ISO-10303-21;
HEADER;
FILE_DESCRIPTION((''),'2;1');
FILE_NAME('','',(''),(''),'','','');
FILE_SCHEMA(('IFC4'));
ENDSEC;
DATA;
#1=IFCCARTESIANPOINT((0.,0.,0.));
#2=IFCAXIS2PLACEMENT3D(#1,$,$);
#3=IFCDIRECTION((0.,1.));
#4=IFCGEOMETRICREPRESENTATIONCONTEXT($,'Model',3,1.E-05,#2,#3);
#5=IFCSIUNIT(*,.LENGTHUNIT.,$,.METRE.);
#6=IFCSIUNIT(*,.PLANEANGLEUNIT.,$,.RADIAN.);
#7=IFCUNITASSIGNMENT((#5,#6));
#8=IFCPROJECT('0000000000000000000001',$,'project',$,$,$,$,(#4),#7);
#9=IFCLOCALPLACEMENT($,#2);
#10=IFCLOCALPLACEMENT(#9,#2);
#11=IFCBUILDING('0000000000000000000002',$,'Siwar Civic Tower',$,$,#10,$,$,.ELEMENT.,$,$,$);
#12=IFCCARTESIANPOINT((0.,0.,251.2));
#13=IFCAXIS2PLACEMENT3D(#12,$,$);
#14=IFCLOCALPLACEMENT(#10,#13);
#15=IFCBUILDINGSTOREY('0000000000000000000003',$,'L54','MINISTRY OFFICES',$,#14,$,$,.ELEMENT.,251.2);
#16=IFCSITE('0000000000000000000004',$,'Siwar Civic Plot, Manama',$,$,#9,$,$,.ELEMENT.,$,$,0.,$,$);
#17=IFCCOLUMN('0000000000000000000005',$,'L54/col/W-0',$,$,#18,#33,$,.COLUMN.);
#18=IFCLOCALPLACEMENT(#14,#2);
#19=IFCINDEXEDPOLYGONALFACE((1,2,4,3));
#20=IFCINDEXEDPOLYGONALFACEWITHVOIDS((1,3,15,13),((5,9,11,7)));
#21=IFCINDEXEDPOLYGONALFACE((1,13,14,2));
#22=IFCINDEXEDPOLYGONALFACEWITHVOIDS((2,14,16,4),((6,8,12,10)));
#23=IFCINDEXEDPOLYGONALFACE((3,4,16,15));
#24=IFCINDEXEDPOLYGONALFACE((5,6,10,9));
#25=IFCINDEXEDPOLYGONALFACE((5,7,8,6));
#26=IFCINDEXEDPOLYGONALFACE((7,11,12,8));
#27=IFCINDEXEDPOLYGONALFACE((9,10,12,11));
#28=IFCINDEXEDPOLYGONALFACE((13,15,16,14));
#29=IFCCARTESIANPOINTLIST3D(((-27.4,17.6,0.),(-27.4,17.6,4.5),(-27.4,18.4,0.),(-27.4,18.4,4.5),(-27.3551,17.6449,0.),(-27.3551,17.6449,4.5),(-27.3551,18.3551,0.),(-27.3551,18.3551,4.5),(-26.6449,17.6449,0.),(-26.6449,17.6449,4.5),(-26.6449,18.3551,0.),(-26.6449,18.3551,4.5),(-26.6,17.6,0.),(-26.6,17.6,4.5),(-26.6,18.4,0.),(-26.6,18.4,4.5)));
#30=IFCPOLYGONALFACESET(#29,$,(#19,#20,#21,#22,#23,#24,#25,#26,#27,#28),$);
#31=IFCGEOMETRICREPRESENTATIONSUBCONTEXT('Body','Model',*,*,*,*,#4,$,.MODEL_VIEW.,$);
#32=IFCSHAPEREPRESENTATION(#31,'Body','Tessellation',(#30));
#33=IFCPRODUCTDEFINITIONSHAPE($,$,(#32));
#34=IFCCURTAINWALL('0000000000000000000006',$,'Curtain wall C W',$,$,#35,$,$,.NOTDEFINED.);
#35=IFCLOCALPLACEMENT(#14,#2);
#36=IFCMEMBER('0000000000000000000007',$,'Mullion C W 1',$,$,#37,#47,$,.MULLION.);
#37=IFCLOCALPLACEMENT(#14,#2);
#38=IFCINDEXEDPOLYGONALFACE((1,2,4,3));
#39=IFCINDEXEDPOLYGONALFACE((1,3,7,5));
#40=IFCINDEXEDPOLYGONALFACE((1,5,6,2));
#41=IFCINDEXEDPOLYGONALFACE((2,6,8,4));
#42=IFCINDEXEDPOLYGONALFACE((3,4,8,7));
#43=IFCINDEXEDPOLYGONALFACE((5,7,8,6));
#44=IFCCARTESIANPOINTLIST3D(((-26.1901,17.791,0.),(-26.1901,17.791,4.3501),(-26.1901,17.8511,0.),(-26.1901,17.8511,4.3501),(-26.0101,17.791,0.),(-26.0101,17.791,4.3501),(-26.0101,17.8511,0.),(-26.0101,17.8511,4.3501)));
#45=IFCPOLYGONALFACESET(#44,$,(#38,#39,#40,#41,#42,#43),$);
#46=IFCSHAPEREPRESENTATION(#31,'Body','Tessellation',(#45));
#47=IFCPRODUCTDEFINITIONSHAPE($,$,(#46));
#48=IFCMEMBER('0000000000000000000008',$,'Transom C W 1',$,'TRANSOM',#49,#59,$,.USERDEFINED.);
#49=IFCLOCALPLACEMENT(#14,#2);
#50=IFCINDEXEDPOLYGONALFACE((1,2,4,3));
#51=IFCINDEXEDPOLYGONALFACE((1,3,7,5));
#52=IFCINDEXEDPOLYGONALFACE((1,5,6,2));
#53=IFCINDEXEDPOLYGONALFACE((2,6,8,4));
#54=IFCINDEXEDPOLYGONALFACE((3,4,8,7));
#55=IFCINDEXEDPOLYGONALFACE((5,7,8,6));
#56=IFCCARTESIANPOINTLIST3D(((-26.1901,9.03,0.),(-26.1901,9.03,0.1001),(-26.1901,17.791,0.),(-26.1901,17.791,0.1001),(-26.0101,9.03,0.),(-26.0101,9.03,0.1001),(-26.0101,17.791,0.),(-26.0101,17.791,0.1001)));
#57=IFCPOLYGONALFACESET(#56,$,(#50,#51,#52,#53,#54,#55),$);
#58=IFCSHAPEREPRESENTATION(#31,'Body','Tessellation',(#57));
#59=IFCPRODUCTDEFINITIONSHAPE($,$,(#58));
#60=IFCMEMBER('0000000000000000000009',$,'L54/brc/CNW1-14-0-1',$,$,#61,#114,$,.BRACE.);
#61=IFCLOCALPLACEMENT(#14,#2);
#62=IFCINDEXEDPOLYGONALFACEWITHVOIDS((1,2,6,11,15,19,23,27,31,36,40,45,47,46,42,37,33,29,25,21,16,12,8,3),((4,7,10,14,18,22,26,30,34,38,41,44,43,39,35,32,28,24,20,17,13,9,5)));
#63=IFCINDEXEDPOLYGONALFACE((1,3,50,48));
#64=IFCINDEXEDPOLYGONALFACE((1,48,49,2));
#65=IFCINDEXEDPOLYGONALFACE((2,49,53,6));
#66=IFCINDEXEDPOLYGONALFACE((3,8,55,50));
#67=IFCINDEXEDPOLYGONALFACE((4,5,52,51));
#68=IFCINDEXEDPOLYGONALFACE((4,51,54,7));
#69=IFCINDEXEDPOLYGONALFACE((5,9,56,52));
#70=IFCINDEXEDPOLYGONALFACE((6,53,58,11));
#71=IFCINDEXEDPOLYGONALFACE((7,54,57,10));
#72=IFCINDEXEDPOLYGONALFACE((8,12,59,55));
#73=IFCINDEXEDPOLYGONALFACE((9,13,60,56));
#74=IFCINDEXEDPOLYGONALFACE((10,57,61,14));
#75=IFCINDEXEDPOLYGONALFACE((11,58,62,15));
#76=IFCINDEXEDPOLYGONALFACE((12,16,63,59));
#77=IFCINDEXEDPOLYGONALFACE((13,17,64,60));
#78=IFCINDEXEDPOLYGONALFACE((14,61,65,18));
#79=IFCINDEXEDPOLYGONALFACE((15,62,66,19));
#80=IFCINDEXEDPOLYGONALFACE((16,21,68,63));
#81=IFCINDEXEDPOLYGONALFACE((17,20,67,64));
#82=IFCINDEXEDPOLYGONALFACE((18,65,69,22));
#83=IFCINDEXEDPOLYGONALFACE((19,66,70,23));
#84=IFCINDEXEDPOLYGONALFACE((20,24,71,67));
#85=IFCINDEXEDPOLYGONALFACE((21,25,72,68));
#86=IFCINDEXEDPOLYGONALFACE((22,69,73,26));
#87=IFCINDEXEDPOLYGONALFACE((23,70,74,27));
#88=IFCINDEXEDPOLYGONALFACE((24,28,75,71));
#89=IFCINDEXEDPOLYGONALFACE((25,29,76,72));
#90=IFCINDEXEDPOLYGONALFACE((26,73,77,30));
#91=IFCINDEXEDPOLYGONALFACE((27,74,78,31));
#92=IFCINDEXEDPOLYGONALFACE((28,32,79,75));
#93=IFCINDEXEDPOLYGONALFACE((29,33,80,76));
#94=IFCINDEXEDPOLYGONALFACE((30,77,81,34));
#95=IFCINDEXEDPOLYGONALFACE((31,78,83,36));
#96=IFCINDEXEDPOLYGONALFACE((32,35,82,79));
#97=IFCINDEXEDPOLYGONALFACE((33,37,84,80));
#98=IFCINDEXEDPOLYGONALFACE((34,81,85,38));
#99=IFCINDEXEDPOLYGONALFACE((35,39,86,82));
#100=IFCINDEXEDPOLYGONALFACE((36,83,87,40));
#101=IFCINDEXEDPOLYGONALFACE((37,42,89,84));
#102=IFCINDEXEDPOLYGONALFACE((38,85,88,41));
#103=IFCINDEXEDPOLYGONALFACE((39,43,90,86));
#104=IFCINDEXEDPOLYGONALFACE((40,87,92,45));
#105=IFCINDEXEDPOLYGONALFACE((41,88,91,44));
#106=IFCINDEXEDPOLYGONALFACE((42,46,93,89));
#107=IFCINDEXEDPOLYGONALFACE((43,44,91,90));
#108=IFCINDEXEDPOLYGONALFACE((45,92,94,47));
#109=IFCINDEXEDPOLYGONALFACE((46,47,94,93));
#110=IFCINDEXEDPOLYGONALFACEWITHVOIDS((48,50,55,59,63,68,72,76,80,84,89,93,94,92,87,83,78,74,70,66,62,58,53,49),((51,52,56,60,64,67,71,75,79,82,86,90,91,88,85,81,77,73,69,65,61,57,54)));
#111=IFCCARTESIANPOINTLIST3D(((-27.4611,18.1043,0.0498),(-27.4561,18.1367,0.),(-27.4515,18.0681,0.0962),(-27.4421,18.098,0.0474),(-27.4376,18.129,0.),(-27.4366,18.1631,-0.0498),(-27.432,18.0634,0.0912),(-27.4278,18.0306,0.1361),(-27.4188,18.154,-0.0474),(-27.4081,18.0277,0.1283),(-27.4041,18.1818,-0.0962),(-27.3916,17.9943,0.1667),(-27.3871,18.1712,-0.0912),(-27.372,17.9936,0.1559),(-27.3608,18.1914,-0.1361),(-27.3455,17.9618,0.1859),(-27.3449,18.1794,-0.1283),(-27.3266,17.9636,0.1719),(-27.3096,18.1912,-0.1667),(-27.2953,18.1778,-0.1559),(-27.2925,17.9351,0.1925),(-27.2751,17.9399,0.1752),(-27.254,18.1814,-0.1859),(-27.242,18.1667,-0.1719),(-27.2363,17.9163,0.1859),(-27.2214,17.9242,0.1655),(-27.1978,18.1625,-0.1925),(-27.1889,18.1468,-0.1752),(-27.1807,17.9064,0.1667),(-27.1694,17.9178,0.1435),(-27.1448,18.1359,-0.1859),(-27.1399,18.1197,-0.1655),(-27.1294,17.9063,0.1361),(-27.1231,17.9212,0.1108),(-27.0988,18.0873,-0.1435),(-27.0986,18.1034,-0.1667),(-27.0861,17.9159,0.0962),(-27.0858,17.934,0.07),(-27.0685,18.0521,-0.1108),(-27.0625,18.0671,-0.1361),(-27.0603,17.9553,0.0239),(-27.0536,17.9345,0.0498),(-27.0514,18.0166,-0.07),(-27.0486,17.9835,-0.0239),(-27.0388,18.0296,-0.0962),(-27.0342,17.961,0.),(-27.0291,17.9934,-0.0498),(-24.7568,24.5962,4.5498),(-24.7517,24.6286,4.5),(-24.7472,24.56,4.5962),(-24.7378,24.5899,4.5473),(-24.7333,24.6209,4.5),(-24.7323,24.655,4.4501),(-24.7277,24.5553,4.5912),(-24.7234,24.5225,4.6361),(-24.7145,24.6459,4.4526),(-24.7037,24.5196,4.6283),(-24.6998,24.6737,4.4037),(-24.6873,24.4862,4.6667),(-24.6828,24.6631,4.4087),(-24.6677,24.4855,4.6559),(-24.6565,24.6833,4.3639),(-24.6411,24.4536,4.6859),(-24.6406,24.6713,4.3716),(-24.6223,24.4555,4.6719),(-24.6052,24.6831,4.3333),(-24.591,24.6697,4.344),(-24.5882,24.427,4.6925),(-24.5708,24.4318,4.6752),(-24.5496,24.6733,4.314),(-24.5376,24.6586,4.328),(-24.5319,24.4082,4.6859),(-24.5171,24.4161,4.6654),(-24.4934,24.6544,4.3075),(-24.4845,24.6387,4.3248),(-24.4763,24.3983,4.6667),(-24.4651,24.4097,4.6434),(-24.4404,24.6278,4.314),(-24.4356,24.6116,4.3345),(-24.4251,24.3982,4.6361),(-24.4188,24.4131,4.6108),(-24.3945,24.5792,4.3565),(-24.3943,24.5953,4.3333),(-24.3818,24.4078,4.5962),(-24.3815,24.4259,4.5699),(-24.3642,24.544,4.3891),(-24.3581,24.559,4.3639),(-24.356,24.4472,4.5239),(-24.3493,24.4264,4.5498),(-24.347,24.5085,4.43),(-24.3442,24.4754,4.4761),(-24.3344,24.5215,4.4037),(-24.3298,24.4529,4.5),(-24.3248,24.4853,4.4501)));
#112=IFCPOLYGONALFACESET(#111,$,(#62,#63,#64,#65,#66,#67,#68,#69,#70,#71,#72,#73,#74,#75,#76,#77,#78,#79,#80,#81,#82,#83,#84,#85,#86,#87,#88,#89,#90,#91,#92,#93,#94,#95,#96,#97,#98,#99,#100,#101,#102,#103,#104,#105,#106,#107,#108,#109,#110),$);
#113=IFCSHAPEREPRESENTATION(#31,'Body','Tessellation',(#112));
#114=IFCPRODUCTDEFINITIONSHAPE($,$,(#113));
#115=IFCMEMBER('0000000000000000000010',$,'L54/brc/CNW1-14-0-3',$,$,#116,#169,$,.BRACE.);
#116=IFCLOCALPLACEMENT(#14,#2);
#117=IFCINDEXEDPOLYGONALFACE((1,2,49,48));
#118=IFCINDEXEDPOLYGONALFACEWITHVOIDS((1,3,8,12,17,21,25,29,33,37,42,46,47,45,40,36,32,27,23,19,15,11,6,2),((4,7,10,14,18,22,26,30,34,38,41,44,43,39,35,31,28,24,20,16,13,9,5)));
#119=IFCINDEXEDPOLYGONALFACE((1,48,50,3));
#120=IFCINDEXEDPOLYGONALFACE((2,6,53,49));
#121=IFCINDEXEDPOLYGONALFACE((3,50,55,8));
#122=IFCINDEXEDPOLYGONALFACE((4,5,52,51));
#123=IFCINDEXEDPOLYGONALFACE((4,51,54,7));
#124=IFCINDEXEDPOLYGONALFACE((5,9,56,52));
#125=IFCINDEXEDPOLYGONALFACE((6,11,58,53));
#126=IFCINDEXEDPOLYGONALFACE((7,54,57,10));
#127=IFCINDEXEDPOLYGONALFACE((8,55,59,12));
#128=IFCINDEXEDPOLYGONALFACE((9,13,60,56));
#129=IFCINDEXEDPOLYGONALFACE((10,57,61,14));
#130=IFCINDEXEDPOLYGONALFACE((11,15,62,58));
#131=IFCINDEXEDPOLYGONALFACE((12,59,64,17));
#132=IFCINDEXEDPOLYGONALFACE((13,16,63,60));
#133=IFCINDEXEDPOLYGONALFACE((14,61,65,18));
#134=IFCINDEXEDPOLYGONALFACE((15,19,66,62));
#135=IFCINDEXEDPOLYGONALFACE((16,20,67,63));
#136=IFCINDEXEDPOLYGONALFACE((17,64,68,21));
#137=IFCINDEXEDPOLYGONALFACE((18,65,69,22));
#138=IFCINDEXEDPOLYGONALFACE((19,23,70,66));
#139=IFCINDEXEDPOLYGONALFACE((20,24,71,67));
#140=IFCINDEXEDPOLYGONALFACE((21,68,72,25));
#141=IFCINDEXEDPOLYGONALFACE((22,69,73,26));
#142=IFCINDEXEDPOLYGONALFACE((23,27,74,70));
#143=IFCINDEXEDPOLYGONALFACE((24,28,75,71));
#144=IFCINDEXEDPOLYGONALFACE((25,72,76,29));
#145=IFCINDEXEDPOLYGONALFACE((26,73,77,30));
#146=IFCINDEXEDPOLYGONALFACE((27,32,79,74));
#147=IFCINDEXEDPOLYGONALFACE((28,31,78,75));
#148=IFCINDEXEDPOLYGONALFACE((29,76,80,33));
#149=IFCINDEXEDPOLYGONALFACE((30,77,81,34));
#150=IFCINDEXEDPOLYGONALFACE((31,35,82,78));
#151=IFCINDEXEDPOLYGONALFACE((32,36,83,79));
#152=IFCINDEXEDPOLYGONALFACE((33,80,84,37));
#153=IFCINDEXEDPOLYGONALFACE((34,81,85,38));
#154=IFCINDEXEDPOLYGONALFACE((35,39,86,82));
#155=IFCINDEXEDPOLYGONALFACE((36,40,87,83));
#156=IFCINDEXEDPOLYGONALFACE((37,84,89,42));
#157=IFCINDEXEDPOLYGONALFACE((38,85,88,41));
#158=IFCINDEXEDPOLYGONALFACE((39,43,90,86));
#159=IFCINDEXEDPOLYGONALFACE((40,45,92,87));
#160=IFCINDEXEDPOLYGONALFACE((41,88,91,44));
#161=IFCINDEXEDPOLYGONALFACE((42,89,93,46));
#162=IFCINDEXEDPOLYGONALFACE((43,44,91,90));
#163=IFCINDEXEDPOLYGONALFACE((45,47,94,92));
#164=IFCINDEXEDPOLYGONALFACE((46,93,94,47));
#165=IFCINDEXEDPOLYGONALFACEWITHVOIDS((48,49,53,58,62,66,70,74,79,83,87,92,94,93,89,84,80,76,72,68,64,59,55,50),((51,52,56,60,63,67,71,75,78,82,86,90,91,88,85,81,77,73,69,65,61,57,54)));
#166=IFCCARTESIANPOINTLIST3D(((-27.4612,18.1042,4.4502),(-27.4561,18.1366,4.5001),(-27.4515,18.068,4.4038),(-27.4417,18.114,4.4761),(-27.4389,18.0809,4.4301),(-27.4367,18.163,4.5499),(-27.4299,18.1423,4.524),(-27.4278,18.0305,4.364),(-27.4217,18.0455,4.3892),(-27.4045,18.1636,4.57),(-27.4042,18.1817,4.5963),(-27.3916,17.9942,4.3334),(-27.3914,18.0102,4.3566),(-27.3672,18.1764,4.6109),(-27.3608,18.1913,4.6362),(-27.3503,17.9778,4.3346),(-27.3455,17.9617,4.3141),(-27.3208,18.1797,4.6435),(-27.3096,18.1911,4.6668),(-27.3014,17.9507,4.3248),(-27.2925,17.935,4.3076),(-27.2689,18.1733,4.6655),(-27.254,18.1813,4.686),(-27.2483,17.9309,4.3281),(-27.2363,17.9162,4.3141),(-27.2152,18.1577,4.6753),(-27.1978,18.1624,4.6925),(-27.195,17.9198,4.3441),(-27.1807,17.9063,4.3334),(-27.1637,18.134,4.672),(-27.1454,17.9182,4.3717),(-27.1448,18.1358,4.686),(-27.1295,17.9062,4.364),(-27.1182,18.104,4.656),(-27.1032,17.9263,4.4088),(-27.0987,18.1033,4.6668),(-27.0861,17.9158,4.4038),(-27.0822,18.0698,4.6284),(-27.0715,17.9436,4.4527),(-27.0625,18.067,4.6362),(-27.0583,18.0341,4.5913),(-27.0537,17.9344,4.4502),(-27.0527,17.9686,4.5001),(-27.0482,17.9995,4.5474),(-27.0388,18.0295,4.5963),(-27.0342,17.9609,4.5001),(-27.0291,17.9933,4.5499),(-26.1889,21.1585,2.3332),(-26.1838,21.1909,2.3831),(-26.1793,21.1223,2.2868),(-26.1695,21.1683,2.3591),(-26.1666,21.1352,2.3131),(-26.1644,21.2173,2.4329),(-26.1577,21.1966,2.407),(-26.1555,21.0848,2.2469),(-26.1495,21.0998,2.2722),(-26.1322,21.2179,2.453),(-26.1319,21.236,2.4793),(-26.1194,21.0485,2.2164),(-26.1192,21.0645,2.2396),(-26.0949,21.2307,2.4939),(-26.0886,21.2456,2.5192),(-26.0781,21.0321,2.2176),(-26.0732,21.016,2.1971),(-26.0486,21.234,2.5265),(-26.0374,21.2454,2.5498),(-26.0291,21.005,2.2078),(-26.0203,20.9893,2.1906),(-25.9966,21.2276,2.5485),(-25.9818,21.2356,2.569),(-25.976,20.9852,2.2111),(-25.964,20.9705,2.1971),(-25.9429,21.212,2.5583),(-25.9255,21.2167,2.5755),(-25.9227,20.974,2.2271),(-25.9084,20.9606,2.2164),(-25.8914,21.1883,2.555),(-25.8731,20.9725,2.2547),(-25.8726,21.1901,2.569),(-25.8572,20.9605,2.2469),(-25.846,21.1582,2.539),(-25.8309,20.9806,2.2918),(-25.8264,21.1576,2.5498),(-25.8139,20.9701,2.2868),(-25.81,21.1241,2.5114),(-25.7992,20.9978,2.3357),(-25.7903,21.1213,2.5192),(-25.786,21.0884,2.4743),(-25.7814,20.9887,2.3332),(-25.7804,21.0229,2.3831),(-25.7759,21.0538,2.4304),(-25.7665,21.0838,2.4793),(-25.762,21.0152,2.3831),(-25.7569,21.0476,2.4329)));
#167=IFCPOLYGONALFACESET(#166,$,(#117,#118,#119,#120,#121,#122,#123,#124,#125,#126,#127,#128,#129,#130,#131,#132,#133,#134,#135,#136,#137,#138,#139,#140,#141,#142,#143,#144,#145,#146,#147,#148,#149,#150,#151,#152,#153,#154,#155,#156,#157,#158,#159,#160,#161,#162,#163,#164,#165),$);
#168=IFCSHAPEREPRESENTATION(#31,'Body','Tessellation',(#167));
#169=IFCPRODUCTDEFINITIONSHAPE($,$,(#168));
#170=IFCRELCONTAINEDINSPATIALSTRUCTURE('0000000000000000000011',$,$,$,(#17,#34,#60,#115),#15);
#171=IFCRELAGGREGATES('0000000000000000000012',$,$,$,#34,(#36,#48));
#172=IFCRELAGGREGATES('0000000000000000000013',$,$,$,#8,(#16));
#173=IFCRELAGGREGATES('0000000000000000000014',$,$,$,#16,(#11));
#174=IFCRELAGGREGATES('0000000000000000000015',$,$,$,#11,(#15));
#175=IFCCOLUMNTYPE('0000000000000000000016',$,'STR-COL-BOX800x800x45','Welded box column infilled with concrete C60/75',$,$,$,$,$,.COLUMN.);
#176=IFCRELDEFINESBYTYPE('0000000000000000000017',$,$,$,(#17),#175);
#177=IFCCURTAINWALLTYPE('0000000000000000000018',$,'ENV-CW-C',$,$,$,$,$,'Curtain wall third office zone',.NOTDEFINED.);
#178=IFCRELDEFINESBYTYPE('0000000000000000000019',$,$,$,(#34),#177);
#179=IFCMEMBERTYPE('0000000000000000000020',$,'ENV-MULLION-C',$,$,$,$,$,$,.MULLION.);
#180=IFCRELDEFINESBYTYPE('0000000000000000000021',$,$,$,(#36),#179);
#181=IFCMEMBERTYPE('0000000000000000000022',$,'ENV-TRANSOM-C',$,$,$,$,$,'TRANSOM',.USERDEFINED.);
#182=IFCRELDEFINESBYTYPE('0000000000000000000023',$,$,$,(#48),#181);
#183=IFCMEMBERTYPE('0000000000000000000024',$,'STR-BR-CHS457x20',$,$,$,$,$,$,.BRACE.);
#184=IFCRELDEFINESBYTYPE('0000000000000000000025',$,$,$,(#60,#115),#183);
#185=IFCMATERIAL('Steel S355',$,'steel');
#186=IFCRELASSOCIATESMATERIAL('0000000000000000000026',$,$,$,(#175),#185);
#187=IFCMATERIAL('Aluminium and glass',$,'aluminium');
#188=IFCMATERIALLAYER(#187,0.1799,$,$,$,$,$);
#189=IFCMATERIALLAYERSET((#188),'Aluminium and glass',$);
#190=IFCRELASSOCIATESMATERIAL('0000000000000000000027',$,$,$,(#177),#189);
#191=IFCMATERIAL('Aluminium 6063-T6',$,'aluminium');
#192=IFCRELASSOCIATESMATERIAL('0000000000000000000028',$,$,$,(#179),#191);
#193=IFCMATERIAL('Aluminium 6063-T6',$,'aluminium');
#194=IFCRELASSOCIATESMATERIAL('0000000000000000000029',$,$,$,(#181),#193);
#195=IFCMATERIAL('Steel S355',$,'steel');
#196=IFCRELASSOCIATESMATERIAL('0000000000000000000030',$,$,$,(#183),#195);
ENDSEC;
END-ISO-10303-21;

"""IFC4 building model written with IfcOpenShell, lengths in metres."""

from ifc_helpers import new_model, si_unit, direction, frame, origin, origin_2d, place, context, subcontext, project, spatial, rectangle, hollow_rectangle, hollow_circle, extrude, material, layer, layer_set, material_profile, profile_set, type_object, element, aggregate, save


model = new_model("IFC4")

# Units and contexts
model_context = context("Model", 3, precision=1e-05, world=origin(), true_north=direction((0.0, 1.0)))
body_context = subcontext(model_context, "Body", "Model", "MODEL_VIEW")
ifc_project = project(units=[si_unit("LENGTHUNIT", "METRE"), si_unit("PLANEANGLEUNIT", "RADIAN")], contexts=[model_context])

# Site, building, storey
site_placement = place(None, origin())
site = spatial("IfcSite", under=ifc_project, at=site_placement, Name="Siwar Civic Plot, Manama", CompositionType="ELEMENT", RefElevation=0.0)
building_placement = place(site_placement, origin())
building = spatial("IfcBuilding", under=site, at=building_placement, Name="Siwar Civic Tower", CompositionType="ELEMENT")
storey_placement = place(building_placement, frame((0.0, 0.0, 251.2)))
storey = spatial("IfcBuildingStorey", under=building, at=storey_placement, Name="L54", Description="MINISTRY OFFICES", CompositionType="ELEMENT", Elevation=251.2)

# Column
ifc_material_1 = material(Name="Steel S355", Category="steel")
ifc_material_profile_1 = material_profile(ifc_material_1, hollow_rectangle(XDim=0.8, YDim=0.8, WallThickness=0.0449, at=origin_2d()), Name="BOX800x800x45")
ifc_profile_set_1 = profile_set([ifc_material_profile_1], Name="Steel S355")
column_type = type_object("IfcColumnType", Name="STR-COL-BOX800x800x45", Description="Welded box column infilled with concrete C60/75", PredefinedType="COLUMN", material=ifc_profile_set_1)
column_placement = place(storey_placement, frame((-27.0, 18.0, 0.0), z_axis=(0.0, 0.0, 1.0), x_axis=(1.0, 0.0, 0.0)))
element("IfcColumn", 1, at=column_placement, inside=storey, type_object=column_type, Name="L54/col/W-0", PredefinedType="COLUMN", context=body_context, shape_type="SweptSolid", body=[
    extrude(hollow_rectangle(XDim=0.8, YDim=0.8, WallThickness=0.0449, at=origin_2d()), origin(), (0.0, 0.0, 1.0), 4.5),
])

# Curtain wall, members
ifc_material_2 = material(Name="Aluminium and glass", Category="aluminium")
ifc_layer_1 = layer(ifc_material_2, 0.1799)
ifc_layer_set_1 = layer_set([ifc_layer_1], Name="Aluminium and glass")
curtain_wall_type_1 = type_object("IfcCurtainWallType", Name="ENV-CW-C", ElementType="Curtain wall third office zone", PredefinedType="NOTDEFINED", material=ifc_layer_set_1)
curtain_wall_1_placement = place(storey_placement, origin())
curtain_wall_1 = element("IfcCurtainWall", 2, at=curtain_wall_1_placement, inside=storey, type_object=curtain_wall_type_1, Name="Curtain wall C W", PredefinedType="NOTDEFINED")
ifc_material_3 = material(Name="Aluminium 6063-T6", Category="aluminium")
ifc_material_profile_2 = material_profile(ifc_material_3, rectangle(XDim=0.1799, YDim=0.0601, at=origin_2d()), Name="AL 180x60")
ifc_profile_set_2 = profile_set([ifc_material_profile_2], Name="Aluminium 6063-T6")
member_type_1 = type_object("IfcMemberType", Name="ENV-MULLION-C", PredefinedType="MULLION", material=ifc_profile_set_2)
member_1_placement = place(storey_placement, frame((-26.1001, 17.821, 0.0), z_axis=(0.0, 0.0, 1.0), x_axis=(1.0, 0.0, 0.0)))
member_1 = element("IfcMember", 3, at=member_1_placement, type_object=member_type_1, Name="Mullion C W 1", PredefinedType="MULLION", context=body_context, shape_type="SweptSolid", body=[
    extrude(rectangle(XDim=0.1799, YDim=0.0601, at=origin_2d()), origin(), (0.0, 0.0, 1.0), 4.3501),
])
ifc_material_4 = material(Name="Aluminium 6063-T6", Category="aluminium")
ifc_material_profile_3 = material_profile(ifc_material_4, rectangle(XDim=0.1799, YDim=0.1001, at=origin_2d()), Name="AL 180x100")
ifc_profile_set_3 = profile_set([ifc_material_profile_3], Name="Aluminium 6063-T6")
member_type_2 = type_object("IfcMemberType", Name="ENV-TRANSOM-C", ElementType="TRANSOM", PredefinedType="USERDEFINED", material=ifc_profile_set_3)
member_2_placement = place(storey_placement, frame((-26.1001, 17.791, 0.05), z_axis=(0.0, -1.0, 0.0), x_axis=(1.0, 0.0, 0.0)))
member_2 = element("IfcMember", 4, at=member_2_placement, type_object=member_type_2, Name="Transom C W 1", ObjectType="TRANSOM", PredefinedType="USERDEFINED", context=body_context, shape_type="SweptSolid", body=[
    extrude(rectangle(XDim=0.1799, YDim=0.1001, at=origin_2d()), origin(), (0.0, 0.0, 1.0), 8.761),
])
aggregate(curtain_wall_1, [member_1, member_2])

# Members
ifc_material_5 = material(Name="Steel S355", Category="steel")
ifc_material_profile_4 = material_profile(ifc_material_5, hollow_circle(Radius=0.2285, WallThickness=0.02, at=origin_2d()), Name="CHS457x20")
ifc_profile_set_4 = profile_set([ifc_material_profile_4], Name="Steel S355")
member_type_3 = type_object("IfcMemberType", Name="STR-BR-CHS457x20", PredefinedType="BRACE", material=ifc_profile_set_4)
member_3_placement = place(storey_placement, frame((-27.2451, 18.0488, 0.0), z_axis=(0.323906, 0.777555, 0.538975), x_axis=(-0.923109, 0.384539, 0.0)))
element("IfcMember", 5, at=member_3_placement, inside=storey, type_object=member_type_3, Name="L54/brc/CNW1-14-0-1", PredefinedType="BRACE", context=body_context, shape_type="SweptSolid", body=[
    extrude(hollow_circle(Radius=0.2285, WallThickness=0.02, at=origin_2d()), origin(), (0.0, 0.0, 1.0), 8.3491),
])
member_4_placement = place(storey_placement, frame((-25.9729, 21.103, 2.3831), z_axis=(-0.323895, -0.777572, 0.538955), x_axis=(0.923116, -0.384521, 0.0)))
element("IfcMember", 6, at=member_4_placement, inside=storey, type_object=member_type_3, Name="L54/brc/CNW1-14-0-3", PredefinedType="BRACE", context=body_context, shape_type="SweptSolid", body=[
    extrude(hollow_circle(Radius=0.2285, WallThickness=0.02, at=origin_2d()), origin(), (0.0, 0.0, 1.0), 3.928),
])

save(model, "model.ifc")
